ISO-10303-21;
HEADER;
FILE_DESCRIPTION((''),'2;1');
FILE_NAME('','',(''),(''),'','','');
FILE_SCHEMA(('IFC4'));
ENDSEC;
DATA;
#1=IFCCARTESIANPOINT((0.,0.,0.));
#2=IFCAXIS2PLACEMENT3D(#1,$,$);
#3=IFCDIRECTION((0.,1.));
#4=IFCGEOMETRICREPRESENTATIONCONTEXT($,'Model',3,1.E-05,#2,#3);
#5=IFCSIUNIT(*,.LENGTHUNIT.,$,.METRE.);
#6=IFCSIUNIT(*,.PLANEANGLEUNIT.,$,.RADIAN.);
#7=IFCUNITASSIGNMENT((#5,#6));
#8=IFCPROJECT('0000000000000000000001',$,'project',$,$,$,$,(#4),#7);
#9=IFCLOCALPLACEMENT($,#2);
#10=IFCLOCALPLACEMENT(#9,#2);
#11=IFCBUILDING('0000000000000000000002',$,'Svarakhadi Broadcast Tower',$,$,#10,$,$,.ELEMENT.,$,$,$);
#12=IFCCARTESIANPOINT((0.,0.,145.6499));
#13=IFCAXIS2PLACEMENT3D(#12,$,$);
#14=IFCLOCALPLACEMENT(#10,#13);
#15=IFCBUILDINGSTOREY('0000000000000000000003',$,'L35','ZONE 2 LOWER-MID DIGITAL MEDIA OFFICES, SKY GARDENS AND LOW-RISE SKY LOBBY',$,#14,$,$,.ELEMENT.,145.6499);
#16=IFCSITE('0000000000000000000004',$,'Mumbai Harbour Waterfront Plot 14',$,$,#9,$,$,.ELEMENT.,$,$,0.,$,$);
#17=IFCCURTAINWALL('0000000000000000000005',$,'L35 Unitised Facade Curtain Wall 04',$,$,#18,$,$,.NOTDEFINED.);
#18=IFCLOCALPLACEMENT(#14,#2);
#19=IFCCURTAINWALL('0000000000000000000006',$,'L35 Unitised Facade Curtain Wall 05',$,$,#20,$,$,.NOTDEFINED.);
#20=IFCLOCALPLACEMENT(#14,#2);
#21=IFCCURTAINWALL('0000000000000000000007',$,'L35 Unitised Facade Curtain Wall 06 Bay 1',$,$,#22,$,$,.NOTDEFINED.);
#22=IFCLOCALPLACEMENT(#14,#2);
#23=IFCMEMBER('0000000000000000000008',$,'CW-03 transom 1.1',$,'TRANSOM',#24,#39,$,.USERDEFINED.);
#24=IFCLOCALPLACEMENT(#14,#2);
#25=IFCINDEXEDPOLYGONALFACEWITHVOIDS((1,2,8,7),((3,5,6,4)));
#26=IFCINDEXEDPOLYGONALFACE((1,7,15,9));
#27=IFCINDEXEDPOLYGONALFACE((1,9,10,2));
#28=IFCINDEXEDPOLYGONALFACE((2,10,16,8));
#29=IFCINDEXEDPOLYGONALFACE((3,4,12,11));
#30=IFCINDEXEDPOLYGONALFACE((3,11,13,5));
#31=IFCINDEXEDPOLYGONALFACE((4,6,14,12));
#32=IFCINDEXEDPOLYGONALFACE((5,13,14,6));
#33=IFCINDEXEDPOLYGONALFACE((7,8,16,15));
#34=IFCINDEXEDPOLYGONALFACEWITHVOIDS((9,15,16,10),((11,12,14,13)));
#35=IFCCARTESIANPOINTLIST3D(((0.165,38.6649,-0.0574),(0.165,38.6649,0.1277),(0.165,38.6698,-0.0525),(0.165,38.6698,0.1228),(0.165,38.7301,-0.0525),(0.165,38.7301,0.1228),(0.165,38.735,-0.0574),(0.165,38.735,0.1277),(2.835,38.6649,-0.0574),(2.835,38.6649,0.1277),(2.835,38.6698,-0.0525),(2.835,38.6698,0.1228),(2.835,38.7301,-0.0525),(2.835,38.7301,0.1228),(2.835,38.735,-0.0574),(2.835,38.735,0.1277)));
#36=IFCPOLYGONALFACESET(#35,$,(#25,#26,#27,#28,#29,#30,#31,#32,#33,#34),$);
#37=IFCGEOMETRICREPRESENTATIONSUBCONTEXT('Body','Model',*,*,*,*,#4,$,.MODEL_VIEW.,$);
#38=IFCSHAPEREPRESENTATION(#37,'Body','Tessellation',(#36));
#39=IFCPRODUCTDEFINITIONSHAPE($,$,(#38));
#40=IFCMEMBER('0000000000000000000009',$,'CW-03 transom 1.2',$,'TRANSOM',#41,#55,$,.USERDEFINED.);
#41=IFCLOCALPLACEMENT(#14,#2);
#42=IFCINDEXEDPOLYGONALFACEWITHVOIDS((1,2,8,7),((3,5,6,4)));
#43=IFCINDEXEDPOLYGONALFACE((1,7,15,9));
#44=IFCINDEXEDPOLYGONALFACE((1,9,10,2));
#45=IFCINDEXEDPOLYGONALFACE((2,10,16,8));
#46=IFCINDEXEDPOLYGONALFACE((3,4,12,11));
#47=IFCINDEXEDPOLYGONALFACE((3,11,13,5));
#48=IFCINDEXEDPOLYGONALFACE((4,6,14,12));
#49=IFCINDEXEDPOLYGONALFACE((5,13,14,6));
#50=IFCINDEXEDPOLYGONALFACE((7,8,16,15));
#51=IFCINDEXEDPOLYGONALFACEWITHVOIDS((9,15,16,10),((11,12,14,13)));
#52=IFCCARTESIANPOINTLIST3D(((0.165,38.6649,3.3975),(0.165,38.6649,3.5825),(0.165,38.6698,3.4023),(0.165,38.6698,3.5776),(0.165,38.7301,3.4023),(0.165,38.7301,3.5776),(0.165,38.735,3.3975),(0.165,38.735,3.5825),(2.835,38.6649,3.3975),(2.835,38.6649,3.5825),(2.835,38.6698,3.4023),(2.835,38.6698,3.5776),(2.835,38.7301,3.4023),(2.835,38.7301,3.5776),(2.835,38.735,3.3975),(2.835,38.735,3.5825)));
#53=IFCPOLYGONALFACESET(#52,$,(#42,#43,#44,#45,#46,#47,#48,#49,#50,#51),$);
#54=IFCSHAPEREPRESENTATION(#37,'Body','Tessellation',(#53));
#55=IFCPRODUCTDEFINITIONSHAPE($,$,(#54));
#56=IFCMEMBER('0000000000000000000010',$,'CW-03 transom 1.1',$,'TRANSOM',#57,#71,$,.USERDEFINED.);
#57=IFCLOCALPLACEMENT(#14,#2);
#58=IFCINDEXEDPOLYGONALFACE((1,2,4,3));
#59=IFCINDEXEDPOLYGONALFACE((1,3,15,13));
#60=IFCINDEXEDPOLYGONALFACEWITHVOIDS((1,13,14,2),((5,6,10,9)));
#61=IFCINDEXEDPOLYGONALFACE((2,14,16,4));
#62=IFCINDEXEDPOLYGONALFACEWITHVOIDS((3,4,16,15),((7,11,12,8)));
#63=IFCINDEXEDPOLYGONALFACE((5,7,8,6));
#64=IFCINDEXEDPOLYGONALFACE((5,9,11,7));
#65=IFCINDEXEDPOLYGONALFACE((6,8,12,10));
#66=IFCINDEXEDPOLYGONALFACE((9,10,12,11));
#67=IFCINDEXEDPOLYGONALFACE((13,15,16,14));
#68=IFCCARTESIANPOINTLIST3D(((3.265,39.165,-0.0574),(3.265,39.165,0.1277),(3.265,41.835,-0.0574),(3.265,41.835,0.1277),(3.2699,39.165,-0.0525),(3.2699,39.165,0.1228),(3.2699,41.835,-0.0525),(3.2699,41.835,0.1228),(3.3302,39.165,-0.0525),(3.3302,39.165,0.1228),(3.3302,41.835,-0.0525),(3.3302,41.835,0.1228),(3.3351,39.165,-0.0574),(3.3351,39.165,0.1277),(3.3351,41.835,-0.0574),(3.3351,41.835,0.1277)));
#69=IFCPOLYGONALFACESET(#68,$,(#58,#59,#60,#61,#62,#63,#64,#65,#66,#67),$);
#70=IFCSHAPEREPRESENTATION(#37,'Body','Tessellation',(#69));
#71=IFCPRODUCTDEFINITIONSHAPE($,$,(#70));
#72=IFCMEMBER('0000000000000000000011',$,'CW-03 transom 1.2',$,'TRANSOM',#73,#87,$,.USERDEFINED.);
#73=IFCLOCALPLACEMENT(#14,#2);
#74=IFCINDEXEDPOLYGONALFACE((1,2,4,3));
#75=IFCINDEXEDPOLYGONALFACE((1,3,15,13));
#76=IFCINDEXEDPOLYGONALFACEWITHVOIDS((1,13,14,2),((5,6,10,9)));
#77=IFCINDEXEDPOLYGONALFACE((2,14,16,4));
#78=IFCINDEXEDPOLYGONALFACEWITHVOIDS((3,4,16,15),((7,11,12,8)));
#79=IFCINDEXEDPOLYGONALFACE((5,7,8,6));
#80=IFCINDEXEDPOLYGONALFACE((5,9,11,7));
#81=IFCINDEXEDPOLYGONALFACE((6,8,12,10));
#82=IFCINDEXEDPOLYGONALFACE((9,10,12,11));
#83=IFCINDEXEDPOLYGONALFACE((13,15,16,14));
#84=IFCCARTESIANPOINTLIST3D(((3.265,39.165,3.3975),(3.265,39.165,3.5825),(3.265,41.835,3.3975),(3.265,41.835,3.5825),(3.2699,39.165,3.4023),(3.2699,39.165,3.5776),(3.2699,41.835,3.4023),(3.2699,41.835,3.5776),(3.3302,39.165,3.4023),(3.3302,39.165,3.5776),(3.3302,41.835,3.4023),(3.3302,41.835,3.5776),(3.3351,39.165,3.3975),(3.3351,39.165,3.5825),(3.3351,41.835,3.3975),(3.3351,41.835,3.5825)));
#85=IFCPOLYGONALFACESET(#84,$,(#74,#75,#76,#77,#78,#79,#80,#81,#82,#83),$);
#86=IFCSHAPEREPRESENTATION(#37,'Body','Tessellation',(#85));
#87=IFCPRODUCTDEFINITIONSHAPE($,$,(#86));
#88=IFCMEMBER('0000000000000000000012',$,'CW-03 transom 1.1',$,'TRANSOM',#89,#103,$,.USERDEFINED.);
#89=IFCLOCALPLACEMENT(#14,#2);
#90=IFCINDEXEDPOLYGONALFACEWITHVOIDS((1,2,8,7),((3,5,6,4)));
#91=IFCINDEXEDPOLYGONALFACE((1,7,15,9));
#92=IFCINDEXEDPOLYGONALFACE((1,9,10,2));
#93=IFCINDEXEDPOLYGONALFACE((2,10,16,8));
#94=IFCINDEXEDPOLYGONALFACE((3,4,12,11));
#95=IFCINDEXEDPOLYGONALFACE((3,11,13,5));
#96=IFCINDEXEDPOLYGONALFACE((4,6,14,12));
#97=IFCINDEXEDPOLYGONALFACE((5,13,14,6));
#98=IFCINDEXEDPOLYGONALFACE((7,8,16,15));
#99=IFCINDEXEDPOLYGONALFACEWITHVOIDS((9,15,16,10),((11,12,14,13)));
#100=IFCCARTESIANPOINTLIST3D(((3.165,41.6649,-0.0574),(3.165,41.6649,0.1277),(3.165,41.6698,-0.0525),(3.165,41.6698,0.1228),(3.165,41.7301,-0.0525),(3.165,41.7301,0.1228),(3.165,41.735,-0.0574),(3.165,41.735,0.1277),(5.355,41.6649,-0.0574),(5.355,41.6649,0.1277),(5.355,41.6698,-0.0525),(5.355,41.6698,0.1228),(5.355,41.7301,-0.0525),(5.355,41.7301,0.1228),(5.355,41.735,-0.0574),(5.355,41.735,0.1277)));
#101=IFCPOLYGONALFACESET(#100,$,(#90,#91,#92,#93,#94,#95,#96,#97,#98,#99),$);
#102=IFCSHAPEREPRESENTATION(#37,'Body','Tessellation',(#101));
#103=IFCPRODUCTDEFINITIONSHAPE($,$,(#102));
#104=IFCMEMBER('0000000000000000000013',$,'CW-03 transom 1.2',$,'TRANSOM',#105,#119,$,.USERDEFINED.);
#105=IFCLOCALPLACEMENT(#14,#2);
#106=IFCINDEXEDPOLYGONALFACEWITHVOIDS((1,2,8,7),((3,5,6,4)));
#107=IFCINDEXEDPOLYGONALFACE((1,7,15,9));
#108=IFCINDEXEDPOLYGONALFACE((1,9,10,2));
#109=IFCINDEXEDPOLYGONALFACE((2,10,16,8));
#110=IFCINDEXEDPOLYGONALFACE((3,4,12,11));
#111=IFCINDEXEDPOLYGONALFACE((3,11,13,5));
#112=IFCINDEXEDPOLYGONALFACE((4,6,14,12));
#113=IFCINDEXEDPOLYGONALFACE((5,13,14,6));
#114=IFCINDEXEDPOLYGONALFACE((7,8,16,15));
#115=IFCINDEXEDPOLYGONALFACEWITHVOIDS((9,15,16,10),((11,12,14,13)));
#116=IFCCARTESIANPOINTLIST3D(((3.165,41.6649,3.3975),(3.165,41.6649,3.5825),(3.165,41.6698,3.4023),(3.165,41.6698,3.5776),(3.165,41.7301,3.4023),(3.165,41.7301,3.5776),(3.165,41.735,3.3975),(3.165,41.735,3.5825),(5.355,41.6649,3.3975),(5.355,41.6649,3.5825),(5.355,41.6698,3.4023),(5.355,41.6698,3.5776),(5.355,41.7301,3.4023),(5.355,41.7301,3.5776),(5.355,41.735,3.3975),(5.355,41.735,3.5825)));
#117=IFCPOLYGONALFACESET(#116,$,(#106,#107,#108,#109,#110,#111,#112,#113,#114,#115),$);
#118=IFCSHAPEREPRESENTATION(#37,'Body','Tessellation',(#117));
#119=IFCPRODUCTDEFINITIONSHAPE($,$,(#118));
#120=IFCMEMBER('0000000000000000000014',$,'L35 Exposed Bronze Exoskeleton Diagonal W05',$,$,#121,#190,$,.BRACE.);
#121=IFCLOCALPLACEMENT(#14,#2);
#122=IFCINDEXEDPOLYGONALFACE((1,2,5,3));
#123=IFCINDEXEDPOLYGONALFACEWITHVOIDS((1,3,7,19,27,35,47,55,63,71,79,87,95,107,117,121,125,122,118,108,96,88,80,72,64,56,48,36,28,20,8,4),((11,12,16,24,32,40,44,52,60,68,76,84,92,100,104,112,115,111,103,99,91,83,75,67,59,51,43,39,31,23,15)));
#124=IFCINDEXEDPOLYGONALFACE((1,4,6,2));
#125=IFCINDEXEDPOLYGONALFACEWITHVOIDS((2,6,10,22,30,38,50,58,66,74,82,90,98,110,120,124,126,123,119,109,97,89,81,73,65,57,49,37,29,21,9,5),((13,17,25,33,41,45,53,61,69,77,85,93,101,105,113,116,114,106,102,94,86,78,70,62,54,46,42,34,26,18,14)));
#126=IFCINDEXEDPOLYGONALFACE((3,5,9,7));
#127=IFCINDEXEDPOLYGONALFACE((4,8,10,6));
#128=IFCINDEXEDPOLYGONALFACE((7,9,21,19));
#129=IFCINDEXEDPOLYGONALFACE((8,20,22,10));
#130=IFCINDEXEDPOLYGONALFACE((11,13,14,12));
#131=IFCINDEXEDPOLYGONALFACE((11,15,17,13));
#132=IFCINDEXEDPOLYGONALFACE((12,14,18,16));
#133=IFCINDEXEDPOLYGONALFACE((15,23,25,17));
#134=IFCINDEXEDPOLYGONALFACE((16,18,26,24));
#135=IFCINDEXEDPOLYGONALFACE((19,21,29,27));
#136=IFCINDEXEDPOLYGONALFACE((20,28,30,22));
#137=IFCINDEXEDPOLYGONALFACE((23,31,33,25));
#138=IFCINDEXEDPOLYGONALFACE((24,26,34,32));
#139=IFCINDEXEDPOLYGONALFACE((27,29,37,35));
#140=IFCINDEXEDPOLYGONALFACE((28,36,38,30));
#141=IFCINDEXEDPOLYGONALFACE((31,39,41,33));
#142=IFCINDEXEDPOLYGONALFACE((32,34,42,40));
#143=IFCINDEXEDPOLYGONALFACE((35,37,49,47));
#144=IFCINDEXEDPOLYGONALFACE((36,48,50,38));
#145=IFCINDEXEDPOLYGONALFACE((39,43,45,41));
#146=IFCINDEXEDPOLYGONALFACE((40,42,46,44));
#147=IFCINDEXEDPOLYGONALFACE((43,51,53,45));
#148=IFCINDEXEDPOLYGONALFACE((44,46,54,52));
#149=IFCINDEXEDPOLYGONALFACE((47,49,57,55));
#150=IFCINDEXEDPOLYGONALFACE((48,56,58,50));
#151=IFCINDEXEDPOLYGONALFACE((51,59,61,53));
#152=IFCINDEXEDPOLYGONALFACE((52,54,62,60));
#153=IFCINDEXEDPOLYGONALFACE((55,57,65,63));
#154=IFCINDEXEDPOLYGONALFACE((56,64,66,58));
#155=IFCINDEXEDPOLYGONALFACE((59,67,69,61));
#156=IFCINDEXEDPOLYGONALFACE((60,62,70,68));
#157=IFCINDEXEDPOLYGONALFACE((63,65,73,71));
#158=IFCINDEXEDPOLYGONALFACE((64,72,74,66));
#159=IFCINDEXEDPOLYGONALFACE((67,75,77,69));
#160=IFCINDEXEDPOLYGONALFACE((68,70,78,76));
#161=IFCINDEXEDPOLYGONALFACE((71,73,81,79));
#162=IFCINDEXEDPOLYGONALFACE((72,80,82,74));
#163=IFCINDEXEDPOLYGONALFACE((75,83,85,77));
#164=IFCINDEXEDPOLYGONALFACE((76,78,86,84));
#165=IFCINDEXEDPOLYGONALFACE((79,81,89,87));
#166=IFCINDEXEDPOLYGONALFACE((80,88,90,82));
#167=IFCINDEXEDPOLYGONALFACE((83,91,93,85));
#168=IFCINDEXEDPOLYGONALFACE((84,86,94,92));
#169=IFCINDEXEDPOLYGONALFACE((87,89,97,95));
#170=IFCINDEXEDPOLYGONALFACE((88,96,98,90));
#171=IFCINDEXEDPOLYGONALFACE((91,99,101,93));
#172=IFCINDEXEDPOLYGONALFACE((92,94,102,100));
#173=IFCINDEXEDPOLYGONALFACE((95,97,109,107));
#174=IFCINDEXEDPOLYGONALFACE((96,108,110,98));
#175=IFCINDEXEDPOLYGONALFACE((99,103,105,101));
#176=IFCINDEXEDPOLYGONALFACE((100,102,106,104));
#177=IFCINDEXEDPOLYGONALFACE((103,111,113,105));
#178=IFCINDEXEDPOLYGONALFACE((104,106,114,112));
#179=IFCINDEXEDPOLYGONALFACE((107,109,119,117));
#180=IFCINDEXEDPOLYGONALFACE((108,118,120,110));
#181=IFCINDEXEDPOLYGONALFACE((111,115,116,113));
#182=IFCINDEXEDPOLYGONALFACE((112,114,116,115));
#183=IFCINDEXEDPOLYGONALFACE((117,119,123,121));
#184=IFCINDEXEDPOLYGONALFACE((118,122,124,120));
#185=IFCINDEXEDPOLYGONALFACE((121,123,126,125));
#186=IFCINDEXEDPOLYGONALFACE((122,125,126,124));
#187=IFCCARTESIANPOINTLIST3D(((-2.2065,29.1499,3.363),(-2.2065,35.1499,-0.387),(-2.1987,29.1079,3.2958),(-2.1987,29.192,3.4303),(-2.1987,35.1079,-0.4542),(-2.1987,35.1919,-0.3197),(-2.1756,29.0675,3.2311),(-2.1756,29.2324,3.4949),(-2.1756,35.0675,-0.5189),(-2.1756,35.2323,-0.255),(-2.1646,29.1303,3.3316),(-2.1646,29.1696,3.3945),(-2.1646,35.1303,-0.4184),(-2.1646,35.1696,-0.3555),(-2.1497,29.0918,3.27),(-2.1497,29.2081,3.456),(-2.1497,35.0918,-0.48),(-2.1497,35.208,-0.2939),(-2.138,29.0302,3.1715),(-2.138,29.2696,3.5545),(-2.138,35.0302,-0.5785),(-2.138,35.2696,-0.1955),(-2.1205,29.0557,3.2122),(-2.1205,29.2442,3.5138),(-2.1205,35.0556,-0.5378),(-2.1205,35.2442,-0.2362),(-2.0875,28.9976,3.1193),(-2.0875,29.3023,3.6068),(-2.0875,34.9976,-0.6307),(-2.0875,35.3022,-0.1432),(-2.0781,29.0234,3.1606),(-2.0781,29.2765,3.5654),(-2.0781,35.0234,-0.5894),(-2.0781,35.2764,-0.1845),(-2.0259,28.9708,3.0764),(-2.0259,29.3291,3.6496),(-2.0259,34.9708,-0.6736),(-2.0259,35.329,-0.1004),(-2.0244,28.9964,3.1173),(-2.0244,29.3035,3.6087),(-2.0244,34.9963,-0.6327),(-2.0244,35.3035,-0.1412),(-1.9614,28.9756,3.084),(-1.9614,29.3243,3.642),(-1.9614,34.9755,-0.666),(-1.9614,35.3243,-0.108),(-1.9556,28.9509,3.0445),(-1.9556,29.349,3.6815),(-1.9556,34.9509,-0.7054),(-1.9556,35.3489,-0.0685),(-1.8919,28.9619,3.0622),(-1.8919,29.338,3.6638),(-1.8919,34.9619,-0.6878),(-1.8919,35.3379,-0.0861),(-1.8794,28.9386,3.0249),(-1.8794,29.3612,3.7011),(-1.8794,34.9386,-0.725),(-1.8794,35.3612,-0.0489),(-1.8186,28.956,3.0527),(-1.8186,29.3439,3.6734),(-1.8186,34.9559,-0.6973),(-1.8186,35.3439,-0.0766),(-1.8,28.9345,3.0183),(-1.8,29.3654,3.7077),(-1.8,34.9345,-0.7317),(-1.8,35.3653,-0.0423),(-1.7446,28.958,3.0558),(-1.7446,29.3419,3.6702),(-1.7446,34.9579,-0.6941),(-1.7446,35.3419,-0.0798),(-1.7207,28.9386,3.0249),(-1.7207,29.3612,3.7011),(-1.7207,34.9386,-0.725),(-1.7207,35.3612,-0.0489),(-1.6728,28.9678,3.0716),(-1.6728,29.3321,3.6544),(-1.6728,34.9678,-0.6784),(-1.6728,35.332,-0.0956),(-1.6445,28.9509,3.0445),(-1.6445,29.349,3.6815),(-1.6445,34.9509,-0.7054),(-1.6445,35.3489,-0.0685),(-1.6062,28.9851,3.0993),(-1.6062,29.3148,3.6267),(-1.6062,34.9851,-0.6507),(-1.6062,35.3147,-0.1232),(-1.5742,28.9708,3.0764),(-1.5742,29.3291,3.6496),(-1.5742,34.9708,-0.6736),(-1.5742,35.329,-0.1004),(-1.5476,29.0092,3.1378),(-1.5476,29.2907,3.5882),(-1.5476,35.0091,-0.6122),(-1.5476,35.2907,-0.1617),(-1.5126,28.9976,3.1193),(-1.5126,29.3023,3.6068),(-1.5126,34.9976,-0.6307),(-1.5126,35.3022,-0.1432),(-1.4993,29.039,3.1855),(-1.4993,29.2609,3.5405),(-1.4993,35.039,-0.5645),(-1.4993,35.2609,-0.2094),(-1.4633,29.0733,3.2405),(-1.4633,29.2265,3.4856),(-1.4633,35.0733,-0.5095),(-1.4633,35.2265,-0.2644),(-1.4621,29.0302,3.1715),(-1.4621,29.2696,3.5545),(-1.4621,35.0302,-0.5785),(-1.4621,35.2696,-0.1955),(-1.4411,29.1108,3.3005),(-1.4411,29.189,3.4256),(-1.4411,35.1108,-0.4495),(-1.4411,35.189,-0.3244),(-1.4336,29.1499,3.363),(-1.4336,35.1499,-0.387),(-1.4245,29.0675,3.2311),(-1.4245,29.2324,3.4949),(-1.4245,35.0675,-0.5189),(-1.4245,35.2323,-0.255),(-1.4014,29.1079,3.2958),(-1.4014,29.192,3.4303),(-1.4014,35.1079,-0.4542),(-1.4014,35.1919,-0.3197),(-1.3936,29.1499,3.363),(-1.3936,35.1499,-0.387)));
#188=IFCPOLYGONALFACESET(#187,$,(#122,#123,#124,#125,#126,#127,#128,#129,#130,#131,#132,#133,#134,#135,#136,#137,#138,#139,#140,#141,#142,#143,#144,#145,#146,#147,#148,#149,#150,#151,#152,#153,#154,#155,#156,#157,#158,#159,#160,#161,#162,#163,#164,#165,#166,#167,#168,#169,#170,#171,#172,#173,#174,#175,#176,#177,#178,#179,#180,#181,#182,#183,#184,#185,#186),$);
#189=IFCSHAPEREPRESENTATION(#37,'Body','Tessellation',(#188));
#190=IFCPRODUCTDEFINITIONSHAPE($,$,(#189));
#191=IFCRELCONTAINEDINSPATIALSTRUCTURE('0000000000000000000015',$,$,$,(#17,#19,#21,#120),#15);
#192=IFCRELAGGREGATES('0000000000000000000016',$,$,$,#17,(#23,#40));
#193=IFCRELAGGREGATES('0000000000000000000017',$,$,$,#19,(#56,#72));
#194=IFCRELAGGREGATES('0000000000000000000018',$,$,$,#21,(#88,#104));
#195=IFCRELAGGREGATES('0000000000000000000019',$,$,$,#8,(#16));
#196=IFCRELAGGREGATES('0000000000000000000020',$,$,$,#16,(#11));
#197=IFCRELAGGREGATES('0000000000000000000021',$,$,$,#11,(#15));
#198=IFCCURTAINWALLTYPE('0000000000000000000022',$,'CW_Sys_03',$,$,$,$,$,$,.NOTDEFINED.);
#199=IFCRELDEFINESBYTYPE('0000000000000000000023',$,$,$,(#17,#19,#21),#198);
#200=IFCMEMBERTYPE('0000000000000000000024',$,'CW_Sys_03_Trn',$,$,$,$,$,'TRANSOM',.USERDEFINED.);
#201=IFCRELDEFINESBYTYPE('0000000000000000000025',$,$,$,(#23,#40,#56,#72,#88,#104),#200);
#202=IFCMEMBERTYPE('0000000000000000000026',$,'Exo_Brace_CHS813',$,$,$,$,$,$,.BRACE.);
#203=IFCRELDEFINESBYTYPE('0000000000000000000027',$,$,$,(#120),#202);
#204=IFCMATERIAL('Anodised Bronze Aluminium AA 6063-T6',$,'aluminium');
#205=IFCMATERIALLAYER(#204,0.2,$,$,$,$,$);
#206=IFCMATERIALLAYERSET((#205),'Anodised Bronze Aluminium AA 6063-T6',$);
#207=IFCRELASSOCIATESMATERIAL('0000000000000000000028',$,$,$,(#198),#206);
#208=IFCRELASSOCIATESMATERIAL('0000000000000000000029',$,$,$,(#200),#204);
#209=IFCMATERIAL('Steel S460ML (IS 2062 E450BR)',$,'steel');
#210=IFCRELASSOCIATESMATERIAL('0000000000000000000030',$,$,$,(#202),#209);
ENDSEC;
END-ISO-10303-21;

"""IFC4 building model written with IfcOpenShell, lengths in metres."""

from ifc_helpers import new_model, si_unit, direction, frame, origin, origin_2d, place, context, subcontext, project, spatial, hollow_rectangle, hollow_circle, extrude, material, layer, layer_set, material_profile, profile_set, type_object, element, aggregate, save


model = new_model("IFC4")

# Units and contexts
model_context = context("Model", 3, precision=1e-05, world=origin(), true_north=direction((0.0, 1.0)))
body_context = subcontext(model_context, "Body", "Model", "MODEL_VIEW")
ifc_project = project(units=[si_unit("LENGTHUNIT", "METRE"), si_unit("PLANEANGLEUNIT", "RADIAN")], contexts=[model_context])

# Site, building, storey
site_placement = place(None, origin())
site = spatial("IfcSite", under=ifc_project, at=site_placement, Name="Mumbai Harbour Waterfront Plot 14", CompositionType="ELEMENT", RefElevation=0.0)
building_placement = place(site_placement, origin())
building = spatial("IfcBuilding", under=site, at=building_placement, Name="Svarakhadi Broadcast Tower", CompositionType="ELEMENT")
storey_placement = place(building_placement, frame((0.0, 0.0, 145.6499)))
storey = spatial("IfcBuildingStorey", under=building, at=storey_placement, Name="L35", Description="ZONE 2 LOWER-MID DIGITAL MEDIA OFFICES, SKY GARDENS AND LOW-RISE SKY LOBBY", CompositionType="ELEMENT", Elevation=145.6499)

# Shared definitions
ifc_material_1 = material(Name="Anodised Bronze Aluminium AA 6063-T6", Category="aluminium")
ifc_layer_1 = layer(ifc_material_1, 0.2)
ifc_layer_set_1 = layer_set([ifc_layer_1], Name="Anodised Bronze Aluminium AA 6063-T6")
curtain_wall_type = type_object("IfcCurtainWallType", Name="CW_Sys_03", PredefinedType="NOTDEFINED", material=ifc_layer_set_1)

# Curtain walls
curtain_wall_1_placement = place(storey_placement, origin())
curtain_wall_1 = element("IfcCurtainWall", 1, at=curtain_wall_1_placement, inside=storey, type_object=curtain_wall_type, Name="L35 Unitised Facade Curtain Wall 04", PredefinedType="NOTDEFINED")
curtain_wall_2_placement = place(storey_placement, origin())
curtain_wall_2 = element("IfcCurtainWall", 2, at=curtain_wall_2_placement, inside=storey, type_object=curtain_wall_type, Name="L35 Unitised Facade Curtain Wall 05", PredefinedType="NOTDEFINED")

# Curtain wall
curtain_wall_3_placement = place(storey_placement, origin())
curtain_wall_3 = element("IfcCurtainWall", 3, at=curtain_wall_3_placement, inside=storey, type_object=curtain_wall_type, Name="L35 Unitised Facade Curtain Wall 06 Bay 1", PredefinedType="NOTDEFINED")

# Members
ifc_material_profile_1 = material_profile(ifc_material_1, hollow_rectangle(XDim=0.0701, YDim=0.1851, WallThickness=0.0049, at=origin_2d()), Name="ALU TRANSOM 185x70x5")
ifc_profile_set_1 = profile_set([ifc_material_profile_1], Name="Anodised Bronze Aluminium AA 6063-T6")
member_type_1 = type_object("IfcMemberType", Name="CW_Sys_03_Trn", ElementType="TRANSOM", PredefinedType="USERDEFINED", material=ifc_profile_set_1)
member_1_placement = place(storey_placement, frame((0.165, 38.7, 0.0352), z_axis=(1.0, 0.0, 0.0), x_axis=(0.0, 1.0, 0.0)))
member_1 = element("IfcMember", 4, at=member_1_placement, type_object=member_type_1, Name="CW-03 transom 1.1", ObjectType="TRANSOM", PredefinedType="USERDEFINED", context=body_context, shape_type="SweptSolid", body=[
    extrude(hollow_rectangle(XDim=0.0701, YDim=0.1851, WallThickness=0.0049, at=origin_2d()), origin(), (0.0, 0.0, 1.0), 2.6699),
])
member_2_placement = place(storey_placement, frame((0.165, 38.7, 3.49), z_axis=(1.0, 0.0, 0.0), x_axis=(0.0, 1.0, 0.0)))
member_2 = element("IfcMember", 5, at=member_2_placement, type_object=member_type_1, Name="CW-03 transom 1.2", ObjectType="TRANSOM", PredefinedType="USERDEFINED", context=body_context, shape_type="SweptSolid", body=[
    extrude(hollow_rectangle(XDim=0.0701, YDim=0.1851, WallThickness=0.0049, at=origin_2d()), origin(), (0.0, 0.0, 1.0), 2.6699),
])
member_3_placement = place(storey_placement, frame((3.3, 39.165, 0.0352), z_axis=(0.0, 1.0, 0.0), x_axis=(-1.0, 0.0, 0.0)))
member_3 = element("IfcMember", 6, at=member_3_placement, type_object=member_type_1, Name="CW-03 transom 1.1", ObjectType="TRANSOM", PredefinedType="USERDEFINED", context=body_context, shape_type="SweptSolid", body=[
    extrude(hollow_rectangle(XDim=0.0701, YDim=0.1851, WallThickness=0.0049, at=origin_2d()), origin(), (0.0, 0.0, 1.0), 2.6699),
])
member_4_placement = place(storey_placement, frame((3.3, 39.165, 3.49), z_axis=(0.0, 1.0, 0.0), x_axis=(-1.0, 0.0, 0.0)))
member_4 = element("IfcMember", 7, at=member_4_placement, type_object=member_type_1, Name="CW-03 transom 1.2", ObjectType="TRANSOM", PredefinedType="USERDEFINED", context=body_context, shape_type="SweptSolid", body=[
    extrude(hollow_rectangle(XDim=0.0701, YDim=0.1851, WallThickness=0.0049, at=origin_2d()), origin(), (0.0, 0.0, 1.0), 2.6699),
])
member_5_placement = place(storey_placement, frame((3.165, 41.7, 0.0352), z_axis=(1.0, 0.0, 0.0), x_axis=(0.0, 1.0, 0.0)))
member_5 = element("IfcMember", 8, at=member_5_placement, type_object=member_type_1, Name="CW-03 transom 1.1", ObjectType="TRANSOM", PredefinedType="USERDEFINED", context=body_context, shape_type="SweptSolid", body=[
    extrude(hollow_rectangle(XDim=0.0701, YDim=0.1851, WallThickness=0.0049, at=origin_2d()), origin(), (0.0, 0.0, 1.0), 2.1899),
])
member_6_placement = place(storey_placement, frame((3.165, 41.7, 3.49), z_axis=(1.0, 0.0, 0.0), x_axis=(0.0, 1.0, 0.0)))
member_6 = element("IfcMember", 9, at=member_6_placement, type_object=member_type_1, Name="CW-03 transom 1.2", ObjectType="TRANSOM", PredefinedType="USERDEFINED", context=body_context, shape_type="SweptSolid", body=[
    extrude(hollow_rectangle(XDim=0.0701, YDim=0.1851, WallThickness=0.0049, at=origin_2d()), origin(), (0.0, 0.0, 1.0), 2.1899),
])

# Member
ifc_material_2 = material(Name="Steel S460ML (IS 2062 E450BR)", Category="steel")
ifc_material_profile_2 = material_profile(ifc_material_2, hollow_circle(Radius=0.4065, WallThickness=0.04, at=origin_2d()), Name="CHS 813x40")
ifc_profile_set_2 = profile_set([ifc_material_profile_2], Name="Steel S460ML (IS 2062 E450BR)")
member_type_2 = type_object("IfcMemberType", Name="Exo_Brace_CHS813", PredefinedType="BRACE", material=ifc_profile_set_2)
member_7_placement = place(storey_placement, frame((-1.8, 35.1499, -0.387), z_axis=(0.0, -0.847998, 0.529999), x_axis=(1.0, 0.0, 0.0)))
element("IfcMember", 10, at=member_7_placement, inside=storey, type_object=member_type_2, Name="L35 Exposed Bronze Exoskeleton Diagonal W05", PredefinedType="BRACE", context=body_context, shape_type="SweptSolid", body=[
    extrude(hollow_circle(Radius=0.4065, WallThickness=0.04, at=origin_2d()), origin(), (0.0, 0.0, 1.0), 7.0754),
])

aggregate(curtain_wall_1, [member_1, member_2])
aggregate(curtain_wall_2, [member_3, member_4])
aggregate(curtain_wall_3, [member_5, member_6])

save(model, "model.ifc")
